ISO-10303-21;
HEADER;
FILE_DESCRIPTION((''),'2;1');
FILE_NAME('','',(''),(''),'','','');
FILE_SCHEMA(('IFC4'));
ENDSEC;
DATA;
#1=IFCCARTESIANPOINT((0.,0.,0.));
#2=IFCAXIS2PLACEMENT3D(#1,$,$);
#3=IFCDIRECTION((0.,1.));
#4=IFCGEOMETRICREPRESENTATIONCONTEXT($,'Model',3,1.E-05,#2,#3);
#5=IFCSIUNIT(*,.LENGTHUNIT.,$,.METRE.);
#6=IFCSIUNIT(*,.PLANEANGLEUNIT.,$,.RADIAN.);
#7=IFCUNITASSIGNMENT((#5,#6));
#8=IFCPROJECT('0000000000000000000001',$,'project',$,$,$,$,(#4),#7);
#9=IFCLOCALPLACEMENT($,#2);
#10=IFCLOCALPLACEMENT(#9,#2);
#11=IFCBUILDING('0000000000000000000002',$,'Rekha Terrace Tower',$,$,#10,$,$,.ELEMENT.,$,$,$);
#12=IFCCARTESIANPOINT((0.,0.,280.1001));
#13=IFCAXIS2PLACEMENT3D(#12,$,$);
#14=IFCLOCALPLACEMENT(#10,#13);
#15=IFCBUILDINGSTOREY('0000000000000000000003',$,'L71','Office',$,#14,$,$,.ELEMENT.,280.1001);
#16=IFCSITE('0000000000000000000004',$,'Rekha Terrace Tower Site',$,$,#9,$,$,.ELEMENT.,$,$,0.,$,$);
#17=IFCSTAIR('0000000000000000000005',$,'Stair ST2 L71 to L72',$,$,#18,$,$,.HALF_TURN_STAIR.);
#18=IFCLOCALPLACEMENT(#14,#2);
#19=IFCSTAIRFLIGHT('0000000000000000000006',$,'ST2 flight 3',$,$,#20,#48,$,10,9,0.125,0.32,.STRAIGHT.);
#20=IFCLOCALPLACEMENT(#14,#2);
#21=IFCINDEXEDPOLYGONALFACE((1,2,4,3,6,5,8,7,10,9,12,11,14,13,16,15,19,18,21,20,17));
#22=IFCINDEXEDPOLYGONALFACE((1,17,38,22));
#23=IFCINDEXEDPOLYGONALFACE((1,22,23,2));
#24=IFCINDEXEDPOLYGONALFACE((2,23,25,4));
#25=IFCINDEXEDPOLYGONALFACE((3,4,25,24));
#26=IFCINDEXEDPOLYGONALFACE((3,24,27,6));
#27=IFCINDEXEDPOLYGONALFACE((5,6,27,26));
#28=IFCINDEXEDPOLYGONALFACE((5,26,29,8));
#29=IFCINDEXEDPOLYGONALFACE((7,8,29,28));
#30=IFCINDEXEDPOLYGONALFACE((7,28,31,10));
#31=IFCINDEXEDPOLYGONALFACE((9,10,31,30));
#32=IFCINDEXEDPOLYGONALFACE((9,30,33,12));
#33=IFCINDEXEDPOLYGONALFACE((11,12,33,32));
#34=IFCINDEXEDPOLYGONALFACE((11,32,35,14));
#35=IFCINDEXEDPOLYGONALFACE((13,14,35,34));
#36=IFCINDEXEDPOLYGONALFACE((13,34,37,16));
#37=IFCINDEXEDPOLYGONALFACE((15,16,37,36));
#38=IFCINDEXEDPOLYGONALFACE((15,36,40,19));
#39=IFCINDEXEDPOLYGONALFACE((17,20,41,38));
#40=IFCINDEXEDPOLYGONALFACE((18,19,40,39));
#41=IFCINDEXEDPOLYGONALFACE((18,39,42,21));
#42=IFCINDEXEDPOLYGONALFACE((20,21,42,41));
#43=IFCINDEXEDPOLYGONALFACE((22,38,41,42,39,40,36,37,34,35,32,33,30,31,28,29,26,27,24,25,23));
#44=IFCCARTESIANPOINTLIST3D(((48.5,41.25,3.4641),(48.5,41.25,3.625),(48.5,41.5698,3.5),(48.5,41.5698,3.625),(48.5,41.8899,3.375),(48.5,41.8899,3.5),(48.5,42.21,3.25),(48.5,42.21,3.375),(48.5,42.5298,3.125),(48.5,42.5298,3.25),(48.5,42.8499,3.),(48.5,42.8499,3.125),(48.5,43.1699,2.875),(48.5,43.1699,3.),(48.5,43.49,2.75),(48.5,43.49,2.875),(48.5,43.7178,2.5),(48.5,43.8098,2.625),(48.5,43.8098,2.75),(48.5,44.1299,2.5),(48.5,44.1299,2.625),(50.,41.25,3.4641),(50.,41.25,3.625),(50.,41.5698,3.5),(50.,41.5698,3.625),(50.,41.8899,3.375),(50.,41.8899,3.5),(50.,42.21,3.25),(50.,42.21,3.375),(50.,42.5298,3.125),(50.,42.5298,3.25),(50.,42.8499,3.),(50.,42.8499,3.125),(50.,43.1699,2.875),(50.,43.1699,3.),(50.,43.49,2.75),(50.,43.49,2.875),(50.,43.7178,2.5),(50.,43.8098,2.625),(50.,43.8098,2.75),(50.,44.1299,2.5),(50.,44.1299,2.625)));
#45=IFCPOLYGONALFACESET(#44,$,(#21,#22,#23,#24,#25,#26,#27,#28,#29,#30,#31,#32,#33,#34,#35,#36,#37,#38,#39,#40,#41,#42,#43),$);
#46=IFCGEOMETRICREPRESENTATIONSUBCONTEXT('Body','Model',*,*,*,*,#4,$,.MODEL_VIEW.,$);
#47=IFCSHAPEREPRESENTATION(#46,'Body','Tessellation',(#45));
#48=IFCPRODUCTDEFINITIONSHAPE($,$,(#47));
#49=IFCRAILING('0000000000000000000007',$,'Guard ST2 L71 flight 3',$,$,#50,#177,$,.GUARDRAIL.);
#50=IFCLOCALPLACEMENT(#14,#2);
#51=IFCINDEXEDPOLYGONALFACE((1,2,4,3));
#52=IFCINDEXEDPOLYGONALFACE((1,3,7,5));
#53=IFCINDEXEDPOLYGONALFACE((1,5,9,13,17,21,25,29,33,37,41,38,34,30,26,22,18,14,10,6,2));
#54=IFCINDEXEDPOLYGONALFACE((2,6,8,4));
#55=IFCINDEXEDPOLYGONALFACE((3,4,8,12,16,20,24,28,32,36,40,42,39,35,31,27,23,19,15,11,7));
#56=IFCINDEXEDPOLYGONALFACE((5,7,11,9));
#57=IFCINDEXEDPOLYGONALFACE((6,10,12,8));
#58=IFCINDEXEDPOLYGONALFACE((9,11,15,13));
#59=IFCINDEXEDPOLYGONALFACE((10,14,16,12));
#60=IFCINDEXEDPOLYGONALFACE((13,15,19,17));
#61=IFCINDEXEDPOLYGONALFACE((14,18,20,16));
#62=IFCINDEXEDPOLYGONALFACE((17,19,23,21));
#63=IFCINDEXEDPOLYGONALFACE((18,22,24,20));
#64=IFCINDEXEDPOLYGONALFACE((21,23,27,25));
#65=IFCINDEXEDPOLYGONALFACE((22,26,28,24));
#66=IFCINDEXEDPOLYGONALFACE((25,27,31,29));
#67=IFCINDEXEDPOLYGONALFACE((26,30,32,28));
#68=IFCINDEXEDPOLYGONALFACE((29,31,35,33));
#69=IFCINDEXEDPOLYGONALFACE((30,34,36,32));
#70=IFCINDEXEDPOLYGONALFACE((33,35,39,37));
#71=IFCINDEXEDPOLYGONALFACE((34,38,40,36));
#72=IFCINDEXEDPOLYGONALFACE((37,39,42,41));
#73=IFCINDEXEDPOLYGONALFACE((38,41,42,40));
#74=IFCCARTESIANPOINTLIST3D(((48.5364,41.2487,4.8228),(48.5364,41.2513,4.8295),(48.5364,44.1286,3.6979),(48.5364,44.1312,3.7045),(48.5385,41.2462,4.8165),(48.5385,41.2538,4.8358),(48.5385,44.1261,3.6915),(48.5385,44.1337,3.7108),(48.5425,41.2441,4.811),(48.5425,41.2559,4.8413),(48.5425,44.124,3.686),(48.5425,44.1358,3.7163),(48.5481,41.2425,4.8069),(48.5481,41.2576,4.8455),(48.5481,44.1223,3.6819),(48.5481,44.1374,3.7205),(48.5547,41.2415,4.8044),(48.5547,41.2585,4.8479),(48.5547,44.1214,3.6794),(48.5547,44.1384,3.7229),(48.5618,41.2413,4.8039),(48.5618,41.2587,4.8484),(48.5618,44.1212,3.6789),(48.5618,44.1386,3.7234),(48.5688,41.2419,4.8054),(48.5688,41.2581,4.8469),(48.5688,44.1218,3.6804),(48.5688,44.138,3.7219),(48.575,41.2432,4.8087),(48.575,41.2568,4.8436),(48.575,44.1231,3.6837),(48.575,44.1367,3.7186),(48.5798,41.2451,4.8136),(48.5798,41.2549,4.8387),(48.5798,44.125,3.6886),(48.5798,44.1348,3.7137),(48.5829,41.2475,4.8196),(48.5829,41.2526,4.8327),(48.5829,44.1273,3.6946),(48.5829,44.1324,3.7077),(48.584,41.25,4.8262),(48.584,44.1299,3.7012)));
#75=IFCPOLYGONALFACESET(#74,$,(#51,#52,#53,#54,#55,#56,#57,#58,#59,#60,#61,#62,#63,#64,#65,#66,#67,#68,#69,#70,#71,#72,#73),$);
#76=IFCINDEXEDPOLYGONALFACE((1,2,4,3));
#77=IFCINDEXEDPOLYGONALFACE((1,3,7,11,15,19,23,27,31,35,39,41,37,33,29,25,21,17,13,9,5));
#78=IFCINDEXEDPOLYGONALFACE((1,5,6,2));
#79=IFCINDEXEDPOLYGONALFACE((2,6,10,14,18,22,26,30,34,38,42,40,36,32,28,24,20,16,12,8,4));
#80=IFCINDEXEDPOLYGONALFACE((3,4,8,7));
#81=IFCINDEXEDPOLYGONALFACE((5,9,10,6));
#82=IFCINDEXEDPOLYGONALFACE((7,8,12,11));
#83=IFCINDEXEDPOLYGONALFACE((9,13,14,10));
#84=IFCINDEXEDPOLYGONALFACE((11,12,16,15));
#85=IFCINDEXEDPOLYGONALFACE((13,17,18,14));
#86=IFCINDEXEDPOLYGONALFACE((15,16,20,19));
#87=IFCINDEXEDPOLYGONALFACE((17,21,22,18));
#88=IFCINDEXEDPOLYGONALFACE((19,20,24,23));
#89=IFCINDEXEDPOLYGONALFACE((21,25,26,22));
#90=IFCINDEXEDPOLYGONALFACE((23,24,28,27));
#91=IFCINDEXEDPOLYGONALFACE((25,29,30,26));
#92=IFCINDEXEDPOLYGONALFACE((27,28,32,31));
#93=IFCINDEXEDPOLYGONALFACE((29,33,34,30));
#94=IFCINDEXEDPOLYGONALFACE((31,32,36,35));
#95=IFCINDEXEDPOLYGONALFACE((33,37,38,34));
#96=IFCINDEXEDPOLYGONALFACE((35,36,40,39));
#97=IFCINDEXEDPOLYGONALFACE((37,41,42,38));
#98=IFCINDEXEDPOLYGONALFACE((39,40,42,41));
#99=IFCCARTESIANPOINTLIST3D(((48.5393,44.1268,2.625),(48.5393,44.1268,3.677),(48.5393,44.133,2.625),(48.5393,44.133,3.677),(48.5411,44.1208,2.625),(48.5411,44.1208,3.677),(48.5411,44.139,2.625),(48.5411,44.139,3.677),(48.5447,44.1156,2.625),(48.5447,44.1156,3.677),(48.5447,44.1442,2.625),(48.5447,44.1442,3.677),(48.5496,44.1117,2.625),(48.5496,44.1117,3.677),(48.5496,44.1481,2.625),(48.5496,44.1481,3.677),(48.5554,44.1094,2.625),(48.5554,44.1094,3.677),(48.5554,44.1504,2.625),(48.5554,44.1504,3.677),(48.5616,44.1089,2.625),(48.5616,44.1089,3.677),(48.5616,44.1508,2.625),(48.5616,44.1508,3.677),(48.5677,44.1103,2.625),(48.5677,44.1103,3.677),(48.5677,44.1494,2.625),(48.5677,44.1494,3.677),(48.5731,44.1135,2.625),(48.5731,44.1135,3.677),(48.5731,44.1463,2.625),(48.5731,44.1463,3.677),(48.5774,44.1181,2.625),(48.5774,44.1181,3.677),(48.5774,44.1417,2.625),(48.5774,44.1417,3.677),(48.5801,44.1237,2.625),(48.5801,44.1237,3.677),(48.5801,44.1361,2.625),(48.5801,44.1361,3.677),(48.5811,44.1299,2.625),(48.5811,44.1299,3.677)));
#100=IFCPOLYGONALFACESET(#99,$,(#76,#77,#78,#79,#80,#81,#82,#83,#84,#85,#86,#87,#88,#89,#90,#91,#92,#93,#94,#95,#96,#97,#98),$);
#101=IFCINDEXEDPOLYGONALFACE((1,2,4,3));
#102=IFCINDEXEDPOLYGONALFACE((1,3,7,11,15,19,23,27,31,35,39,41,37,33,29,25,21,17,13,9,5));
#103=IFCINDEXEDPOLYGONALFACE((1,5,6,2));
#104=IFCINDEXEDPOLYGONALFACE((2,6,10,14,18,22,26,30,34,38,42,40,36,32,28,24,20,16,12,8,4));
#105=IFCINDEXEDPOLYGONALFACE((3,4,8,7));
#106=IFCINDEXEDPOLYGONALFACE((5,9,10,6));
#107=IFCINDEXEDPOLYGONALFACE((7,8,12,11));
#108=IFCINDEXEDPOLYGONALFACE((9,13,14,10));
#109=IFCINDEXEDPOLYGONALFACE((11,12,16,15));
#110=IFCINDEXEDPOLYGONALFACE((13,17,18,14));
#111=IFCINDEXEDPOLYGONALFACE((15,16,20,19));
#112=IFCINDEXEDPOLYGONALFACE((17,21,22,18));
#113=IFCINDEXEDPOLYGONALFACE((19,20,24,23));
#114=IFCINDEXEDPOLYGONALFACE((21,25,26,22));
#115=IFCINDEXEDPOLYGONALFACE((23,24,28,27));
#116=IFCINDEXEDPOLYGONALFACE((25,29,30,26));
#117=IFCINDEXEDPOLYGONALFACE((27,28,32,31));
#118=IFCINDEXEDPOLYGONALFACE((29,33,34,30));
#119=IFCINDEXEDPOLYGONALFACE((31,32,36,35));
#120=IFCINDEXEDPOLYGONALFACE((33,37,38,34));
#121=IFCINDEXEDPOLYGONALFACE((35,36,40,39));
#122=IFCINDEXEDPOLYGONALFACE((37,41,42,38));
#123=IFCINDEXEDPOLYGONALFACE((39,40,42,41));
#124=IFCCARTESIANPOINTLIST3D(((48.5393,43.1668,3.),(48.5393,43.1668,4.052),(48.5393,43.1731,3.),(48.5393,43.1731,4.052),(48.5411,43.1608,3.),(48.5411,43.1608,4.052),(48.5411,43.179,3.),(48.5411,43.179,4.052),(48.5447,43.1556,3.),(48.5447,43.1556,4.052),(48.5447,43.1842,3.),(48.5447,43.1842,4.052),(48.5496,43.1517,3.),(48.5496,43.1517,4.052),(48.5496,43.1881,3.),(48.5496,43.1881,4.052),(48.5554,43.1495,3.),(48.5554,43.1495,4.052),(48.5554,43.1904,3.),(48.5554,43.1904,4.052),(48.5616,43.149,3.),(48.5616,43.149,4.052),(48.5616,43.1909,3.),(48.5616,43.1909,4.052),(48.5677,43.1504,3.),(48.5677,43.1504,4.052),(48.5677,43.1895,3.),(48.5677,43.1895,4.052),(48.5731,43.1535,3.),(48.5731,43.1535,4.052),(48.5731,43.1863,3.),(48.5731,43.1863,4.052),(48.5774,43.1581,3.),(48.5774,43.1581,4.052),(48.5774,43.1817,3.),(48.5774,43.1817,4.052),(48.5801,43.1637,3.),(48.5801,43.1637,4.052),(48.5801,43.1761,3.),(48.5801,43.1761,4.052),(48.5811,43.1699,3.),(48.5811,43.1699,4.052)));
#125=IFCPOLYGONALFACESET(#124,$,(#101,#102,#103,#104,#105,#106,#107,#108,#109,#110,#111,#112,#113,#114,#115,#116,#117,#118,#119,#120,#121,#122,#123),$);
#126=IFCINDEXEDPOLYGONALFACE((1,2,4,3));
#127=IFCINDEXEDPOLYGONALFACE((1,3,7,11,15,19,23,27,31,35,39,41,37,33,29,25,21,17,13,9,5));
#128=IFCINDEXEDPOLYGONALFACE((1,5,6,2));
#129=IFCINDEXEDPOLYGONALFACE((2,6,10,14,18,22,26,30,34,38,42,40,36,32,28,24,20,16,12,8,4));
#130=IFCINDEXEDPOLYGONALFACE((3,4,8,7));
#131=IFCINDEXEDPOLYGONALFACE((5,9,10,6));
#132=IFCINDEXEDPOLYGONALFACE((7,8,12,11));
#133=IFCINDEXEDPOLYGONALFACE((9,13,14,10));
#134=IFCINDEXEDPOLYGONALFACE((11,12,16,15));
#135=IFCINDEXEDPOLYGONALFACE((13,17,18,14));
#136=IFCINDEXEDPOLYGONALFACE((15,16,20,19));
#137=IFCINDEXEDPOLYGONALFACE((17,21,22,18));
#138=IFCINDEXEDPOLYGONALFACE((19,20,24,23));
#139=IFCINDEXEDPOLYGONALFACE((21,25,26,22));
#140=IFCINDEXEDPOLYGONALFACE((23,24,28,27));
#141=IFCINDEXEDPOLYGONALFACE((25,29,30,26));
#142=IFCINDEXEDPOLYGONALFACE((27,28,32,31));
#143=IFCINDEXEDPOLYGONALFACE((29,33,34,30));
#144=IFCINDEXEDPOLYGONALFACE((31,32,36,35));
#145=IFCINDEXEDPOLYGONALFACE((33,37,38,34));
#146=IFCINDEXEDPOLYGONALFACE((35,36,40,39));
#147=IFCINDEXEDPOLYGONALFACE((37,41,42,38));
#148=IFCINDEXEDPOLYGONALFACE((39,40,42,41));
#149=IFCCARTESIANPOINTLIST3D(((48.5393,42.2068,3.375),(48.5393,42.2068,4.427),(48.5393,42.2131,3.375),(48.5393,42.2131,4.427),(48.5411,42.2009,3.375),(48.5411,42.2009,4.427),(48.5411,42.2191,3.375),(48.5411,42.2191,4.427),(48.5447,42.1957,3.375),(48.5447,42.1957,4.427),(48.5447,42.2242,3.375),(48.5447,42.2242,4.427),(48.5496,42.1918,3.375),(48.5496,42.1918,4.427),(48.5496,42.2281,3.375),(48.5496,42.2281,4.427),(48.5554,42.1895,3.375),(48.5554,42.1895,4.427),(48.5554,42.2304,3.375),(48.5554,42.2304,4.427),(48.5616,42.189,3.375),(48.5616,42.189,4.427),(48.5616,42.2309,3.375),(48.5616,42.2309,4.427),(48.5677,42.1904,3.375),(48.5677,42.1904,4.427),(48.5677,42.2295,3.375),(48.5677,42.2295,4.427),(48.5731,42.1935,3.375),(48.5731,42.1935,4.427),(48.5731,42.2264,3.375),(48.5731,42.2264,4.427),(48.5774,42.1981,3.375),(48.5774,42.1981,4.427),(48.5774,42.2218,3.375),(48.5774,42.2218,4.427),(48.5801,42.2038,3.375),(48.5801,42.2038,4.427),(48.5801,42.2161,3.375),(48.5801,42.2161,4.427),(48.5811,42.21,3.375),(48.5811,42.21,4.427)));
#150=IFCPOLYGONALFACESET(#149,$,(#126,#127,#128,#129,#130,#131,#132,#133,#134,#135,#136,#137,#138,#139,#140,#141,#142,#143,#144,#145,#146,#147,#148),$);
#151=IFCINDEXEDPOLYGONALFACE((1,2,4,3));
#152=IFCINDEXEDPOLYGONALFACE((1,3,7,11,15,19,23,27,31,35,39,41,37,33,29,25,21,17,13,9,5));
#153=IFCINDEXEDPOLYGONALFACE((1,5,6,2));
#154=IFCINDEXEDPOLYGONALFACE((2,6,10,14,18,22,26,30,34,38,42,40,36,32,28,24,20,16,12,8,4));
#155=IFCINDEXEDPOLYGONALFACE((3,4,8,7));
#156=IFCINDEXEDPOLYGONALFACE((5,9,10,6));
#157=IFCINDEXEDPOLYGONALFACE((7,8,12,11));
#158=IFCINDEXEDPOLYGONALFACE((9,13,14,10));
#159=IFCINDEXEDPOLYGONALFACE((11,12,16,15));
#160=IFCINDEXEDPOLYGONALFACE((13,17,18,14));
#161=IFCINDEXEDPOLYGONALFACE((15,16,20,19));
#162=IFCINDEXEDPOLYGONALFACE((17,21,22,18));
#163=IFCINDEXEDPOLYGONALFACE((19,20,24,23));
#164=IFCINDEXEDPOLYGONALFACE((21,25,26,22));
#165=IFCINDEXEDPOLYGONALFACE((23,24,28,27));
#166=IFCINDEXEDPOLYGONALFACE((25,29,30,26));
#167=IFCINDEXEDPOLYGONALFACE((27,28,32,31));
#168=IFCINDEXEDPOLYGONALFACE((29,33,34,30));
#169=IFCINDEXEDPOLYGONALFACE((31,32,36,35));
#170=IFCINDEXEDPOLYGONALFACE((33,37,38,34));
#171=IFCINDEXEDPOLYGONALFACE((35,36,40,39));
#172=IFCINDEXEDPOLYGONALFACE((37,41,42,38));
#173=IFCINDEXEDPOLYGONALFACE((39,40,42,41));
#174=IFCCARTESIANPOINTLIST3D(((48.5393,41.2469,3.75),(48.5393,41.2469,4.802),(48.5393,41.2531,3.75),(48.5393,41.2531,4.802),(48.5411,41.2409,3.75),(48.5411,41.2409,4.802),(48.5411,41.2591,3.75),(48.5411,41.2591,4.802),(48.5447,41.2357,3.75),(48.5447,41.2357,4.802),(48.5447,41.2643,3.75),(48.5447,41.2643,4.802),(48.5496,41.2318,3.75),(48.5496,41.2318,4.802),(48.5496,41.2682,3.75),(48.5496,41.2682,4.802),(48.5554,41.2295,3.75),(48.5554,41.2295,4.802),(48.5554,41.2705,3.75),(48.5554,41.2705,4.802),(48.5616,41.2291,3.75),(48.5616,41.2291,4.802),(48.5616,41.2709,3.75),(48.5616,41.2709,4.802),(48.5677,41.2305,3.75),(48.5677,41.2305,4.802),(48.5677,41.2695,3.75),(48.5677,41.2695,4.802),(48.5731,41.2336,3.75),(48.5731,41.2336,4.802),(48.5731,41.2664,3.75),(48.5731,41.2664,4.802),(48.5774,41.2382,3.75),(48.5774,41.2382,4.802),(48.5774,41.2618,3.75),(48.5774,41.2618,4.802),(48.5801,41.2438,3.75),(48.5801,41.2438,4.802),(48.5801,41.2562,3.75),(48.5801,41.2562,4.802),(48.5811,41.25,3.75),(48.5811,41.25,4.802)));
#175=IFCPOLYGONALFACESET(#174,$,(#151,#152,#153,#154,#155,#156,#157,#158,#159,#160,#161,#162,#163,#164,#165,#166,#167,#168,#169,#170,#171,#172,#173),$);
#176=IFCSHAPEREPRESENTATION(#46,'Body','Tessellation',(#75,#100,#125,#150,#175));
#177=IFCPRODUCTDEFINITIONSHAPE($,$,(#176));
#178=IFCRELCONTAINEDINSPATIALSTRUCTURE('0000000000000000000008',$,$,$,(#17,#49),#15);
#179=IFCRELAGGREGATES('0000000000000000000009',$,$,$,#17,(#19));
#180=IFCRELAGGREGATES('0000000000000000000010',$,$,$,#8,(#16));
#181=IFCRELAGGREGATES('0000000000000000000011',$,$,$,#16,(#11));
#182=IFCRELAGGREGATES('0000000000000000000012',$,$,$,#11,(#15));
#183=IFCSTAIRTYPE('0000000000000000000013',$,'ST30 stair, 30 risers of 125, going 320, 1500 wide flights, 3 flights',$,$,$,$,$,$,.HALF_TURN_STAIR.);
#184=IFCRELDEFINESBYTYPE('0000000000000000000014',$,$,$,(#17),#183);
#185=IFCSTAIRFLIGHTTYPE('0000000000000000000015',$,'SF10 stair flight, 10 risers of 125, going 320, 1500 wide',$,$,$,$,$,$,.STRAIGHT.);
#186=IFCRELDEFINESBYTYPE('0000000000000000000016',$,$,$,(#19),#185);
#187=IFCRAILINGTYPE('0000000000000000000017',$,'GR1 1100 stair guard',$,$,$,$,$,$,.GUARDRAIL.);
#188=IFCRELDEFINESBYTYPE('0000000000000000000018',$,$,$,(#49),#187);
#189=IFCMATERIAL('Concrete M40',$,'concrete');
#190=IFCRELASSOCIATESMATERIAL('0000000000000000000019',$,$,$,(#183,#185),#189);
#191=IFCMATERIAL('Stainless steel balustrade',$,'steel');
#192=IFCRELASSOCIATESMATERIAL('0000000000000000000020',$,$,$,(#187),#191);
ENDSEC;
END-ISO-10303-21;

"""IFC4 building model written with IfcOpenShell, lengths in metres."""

from ifc_helpers import new_model, si_unit, direction, frame, origin, origin_2d, place, context, subcontext, project, spatial, polyline, circle, outline, extrude, material, type_object, element, aggregate, save


model = new_model("IFC4")

# Units and contexts
model_context = context("Model", 3, precision=1e-05, world=origin(), true_north=direction((0.0, 1.0)))
body_context = subcontext(model_context, "Body", "Model", "MODEL_VIEW")
ifc_project = project(units=[si_unit("LENGTHUNIT", "METRE"), si_unit("PLANEANGLEUNIT", "RADIAN")], contexts=[model_context])

# Site, building, storey
site_placement = place(None, origin())
site = spatial("IfcSite", under=ifc_project, at=site_placement, Name="Rekha Terrace Tower Site", CompositionType="ELEMENT", RefElevation=0.0)
building_placement = place(site_placement, origin())
building = spatial("IfcBuilding", under=site, at=building_placement, Name="Rekha Terrace Tower", CompositionType="ELEMENT")
storey_placement = place(building_placement, frame((0.0, 0.0, 280.1001)))
storey = spatial("IfcBuildingStorey", under=building, at=storey_placement, Name="L71", Description="Office", CompositionType="ELEMENT", Elevation=280.1001)

# Stair, stair flight
ifc_material_1 = material(Name="Concrete M40", Category="concrete")
stair_type = type_object("IfcStairType", Name="ST30 stair, 30 risers of 125, going 320, 1500 wide flights, 3 flights", PredefinedType="HALF_TURN_STAIR", material=ifc_material_1)
stair_placement = place(storey_placement, origin())
stair = element("IfcStair", 1, at=stair_placement, inside=storey, type_object=stair_type, Name="Stair ST2 L71 to L72", PredefinedType="HALF_TURN_STAIR")
stair_flight_type = type_object("IfcStairFlightType", Name="SF10 stair flight, 10 risers of 125, going 320, 1500 wide", PredefinedType="STRAIGHT", material=ifc_material_1)
stair_flight_placement = place(storey_placement, frame((49.25, 44.1299, 2.5), z_axis=(0.0, 0.0, 1.0), x_axis=(0.0, -1.0, 0.0)))
stair_flight = element("IfcStairFlight", 2, at=stair_flight_placement, type_object=stair_flight_type, Name="ST2 flight 3", NumberOfRisers=10, NumberOfTreads=9, PredefinedType="STRAIGHT", RiserHeight=0.125, TreadLength=0.32, context=body_context, shape_type="SweptSolid", body=[
    extrude(outline(polyline([(0.0, 0.0), (0.0, 0.125), (0.3201, 0.125), (0.3201, 0.25), (0.6399, 0.25), (0.6399, 0.375), (0.96, 0.375), (0.96, 0.5), (1.28, 0.5), (1.28, 0.625), (1.6001, 0.625), (1.6001, 0.75), (1.9199, 0.75), (1.9199, 0.875), (2.24, 0.875), (2.24, 1.0), (2.5601, 1.0), (2.5601, 1.125), (2.8799, 1.125), (2.8799, 1.25), (2.8799, 0.9641), (0.4121, 0.0), (0.0, 0.0)])), frame((0.0, 0.75, 0.0), z_axis=(0.0, -1.0, 0.0), x_axis=(1.0, 0.0, 0.0)), (0.0, 0.0, 1.0), 1.5),
])
aggregate(stair, [stair_flight])

# Railing
ifc_material_2 = material(Name="Stainless steel balustrade", Category="steel")
railing_type_1 = type_object("IfcRailingType", Name="GR1 1100 stair guard", PredefinedType="GUARDRAIL", material=ifc_material_2)
railing_1_placement = place(storey_placement, frame((48.5601, 44.1299, 2.625)))
element("IfcRailing", 3, at=railing_1_placement, inside=storey, type_object=railing_type_1, Name="Guard ST2 L71 flight 3", PredefinedType="GUARDRAIL", context=body_context, shape_type="SweptSolid", body=[
    extrude(circle(Radius=0.0239, at=origin_2d()), frame((0.0, 0.0, 1.0762), z_axis=(0.0, -0.931452, 0.363863), x_axis=(1.0, 0.0, 0.0)), (0.0, 0.0, 1.0), 3.0918),
    extrude(circle(Radius=0.021, at=origin_2d()), origin(), (0.0, 0.0, 1.0), 1.052),
    extrude(circle(Radius=0.021, at=origin_2d()), frame((0.0, -0.96, 0.375)), (0.0, 0.0, 1.0), 1.052),
    extrude(circle(Radius=0.021, at=origin_2d()), frame((0.0, -1.9199, 0.75)), (0.0, 0.0, 1.0), 1.052),
    extrude(circle(Radius=0.021, at=origin_2d()), frame((0.0, -2.8799, 1.125)), (0.0, 0.0, 1.0), 1.052),
])

save(model, "model.ifc")
